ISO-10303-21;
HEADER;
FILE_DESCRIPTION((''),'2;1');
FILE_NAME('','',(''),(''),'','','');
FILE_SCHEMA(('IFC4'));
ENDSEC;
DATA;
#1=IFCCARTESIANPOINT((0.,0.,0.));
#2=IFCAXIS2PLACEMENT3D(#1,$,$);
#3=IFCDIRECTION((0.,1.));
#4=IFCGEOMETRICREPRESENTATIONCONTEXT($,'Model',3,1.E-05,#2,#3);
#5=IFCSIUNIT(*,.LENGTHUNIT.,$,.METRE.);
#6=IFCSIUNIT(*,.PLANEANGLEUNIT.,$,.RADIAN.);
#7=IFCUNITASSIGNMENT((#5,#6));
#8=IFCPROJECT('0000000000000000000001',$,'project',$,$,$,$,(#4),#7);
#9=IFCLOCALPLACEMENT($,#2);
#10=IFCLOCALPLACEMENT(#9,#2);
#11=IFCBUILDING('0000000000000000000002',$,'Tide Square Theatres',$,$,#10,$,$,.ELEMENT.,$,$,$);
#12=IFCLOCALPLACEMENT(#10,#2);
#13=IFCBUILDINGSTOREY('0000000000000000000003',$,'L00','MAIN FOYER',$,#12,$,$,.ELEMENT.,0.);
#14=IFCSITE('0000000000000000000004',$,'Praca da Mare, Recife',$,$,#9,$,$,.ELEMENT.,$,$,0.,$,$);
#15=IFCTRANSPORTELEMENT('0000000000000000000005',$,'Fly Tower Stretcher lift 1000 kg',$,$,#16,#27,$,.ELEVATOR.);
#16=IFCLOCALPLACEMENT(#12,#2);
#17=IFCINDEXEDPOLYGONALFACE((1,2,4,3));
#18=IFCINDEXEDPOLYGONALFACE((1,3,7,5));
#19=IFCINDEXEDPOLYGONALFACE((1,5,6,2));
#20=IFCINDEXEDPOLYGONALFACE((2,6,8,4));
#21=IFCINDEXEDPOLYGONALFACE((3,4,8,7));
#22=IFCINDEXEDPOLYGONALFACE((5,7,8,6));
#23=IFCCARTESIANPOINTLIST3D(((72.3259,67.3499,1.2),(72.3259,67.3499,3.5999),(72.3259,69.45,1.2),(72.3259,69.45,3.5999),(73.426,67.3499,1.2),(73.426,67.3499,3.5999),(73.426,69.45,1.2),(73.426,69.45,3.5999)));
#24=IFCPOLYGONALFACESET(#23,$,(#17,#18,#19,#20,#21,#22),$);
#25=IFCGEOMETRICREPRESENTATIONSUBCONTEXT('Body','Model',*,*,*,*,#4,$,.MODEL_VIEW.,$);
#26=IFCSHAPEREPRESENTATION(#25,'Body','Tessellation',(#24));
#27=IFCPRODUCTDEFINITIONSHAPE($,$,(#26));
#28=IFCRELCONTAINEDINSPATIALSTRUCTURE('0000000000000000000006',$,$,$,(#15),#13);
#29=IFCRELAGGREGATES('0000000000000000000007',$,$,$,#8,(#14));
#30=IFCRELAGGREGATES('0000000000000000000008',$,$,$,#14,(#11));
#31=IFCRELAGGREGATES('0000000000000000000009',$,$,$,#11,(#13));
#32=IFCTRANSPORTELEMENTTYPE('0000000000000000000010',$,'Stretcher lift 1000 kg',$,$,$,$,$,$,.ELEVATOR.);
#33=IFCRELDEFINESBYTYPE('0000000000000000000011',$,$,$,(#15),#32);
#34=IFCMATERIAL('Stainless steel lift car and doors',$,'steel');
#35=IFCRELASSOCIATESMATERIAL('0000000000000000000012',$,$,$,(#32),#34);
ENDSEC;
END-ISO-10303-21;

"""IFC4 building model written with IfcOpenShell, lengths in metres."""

from ifc_helpers import new_model, si_unit, direction, frame, origin, origin_2d, place, context, subcontext, project, spatial, rectangle, extrude, material, type_object, element, save


model = new_model("IFC4")

# Units and contexts
model_context = context("Model", 3, precision=1e-05, world=origin(), true_north=direction((0.0, 1.0)))
body_context = subcontext(model_context, "Body", "Model", "MODEL_VIEW")
ifc_project = project(units=[si_unit("LENGTHUNIT", "METRE"), si_unit("PLANEANGLEUNIT", "RADIAN")], contexts=[model_context])

# Site, building, storey
site_placement = place(None, origin())
site = spatial("IfcSite", under=ifc_project, at=site_placement, Name="Praca da Mare, Recife", CompositionType="ELEMENT", RefElevation=0.0)
building_placement = place(site_placement, origin())
building = spatial("IfcBuilding", under=site, at=building_placement, Name="Tide Square Theatres", CompositionType="ELEMENT")
storey_placement = place(building_placement, origin())
storey = spatial("IfcBuildingStorey", under=building, at=storey_placement, Name="L00", Description="MAIN FOYER", CompositionType="ELEMENT", Elevation=0.0)

# Transport element
ifc_material_1 = material(Name="Stainless steel lift car and doors", Category="steel")
transport_element_type = type_object("IfcTransportElementType", Name="Stretcher lift 1000 kg", PredefinedType="ELEVATOR", material=ifc_material_1)
transport_element_placement = place(storey_placement, frame((72.876, 68.3999, 1.2), z_axis=(0.0, 0.0, 1.0), x_axis=(1.0, 0.0, 0.0)))
element("IfcTransportElement", 1, at=transport_element_placement, inside=storey, type_object=transport_element_type, Name="Fly Tower Stretcher lift 1000 kg", PredefinedType="ELEVATOR", context=body_context, shape_type="SweptSolid", body=[
    extrude(rectangle(XDim=1.1001, YDim=2.1001, at=origin_2d()), origin(), (0.0, 0.0, 1.0), 2.3999),
])

save(model, "model.ifc")
